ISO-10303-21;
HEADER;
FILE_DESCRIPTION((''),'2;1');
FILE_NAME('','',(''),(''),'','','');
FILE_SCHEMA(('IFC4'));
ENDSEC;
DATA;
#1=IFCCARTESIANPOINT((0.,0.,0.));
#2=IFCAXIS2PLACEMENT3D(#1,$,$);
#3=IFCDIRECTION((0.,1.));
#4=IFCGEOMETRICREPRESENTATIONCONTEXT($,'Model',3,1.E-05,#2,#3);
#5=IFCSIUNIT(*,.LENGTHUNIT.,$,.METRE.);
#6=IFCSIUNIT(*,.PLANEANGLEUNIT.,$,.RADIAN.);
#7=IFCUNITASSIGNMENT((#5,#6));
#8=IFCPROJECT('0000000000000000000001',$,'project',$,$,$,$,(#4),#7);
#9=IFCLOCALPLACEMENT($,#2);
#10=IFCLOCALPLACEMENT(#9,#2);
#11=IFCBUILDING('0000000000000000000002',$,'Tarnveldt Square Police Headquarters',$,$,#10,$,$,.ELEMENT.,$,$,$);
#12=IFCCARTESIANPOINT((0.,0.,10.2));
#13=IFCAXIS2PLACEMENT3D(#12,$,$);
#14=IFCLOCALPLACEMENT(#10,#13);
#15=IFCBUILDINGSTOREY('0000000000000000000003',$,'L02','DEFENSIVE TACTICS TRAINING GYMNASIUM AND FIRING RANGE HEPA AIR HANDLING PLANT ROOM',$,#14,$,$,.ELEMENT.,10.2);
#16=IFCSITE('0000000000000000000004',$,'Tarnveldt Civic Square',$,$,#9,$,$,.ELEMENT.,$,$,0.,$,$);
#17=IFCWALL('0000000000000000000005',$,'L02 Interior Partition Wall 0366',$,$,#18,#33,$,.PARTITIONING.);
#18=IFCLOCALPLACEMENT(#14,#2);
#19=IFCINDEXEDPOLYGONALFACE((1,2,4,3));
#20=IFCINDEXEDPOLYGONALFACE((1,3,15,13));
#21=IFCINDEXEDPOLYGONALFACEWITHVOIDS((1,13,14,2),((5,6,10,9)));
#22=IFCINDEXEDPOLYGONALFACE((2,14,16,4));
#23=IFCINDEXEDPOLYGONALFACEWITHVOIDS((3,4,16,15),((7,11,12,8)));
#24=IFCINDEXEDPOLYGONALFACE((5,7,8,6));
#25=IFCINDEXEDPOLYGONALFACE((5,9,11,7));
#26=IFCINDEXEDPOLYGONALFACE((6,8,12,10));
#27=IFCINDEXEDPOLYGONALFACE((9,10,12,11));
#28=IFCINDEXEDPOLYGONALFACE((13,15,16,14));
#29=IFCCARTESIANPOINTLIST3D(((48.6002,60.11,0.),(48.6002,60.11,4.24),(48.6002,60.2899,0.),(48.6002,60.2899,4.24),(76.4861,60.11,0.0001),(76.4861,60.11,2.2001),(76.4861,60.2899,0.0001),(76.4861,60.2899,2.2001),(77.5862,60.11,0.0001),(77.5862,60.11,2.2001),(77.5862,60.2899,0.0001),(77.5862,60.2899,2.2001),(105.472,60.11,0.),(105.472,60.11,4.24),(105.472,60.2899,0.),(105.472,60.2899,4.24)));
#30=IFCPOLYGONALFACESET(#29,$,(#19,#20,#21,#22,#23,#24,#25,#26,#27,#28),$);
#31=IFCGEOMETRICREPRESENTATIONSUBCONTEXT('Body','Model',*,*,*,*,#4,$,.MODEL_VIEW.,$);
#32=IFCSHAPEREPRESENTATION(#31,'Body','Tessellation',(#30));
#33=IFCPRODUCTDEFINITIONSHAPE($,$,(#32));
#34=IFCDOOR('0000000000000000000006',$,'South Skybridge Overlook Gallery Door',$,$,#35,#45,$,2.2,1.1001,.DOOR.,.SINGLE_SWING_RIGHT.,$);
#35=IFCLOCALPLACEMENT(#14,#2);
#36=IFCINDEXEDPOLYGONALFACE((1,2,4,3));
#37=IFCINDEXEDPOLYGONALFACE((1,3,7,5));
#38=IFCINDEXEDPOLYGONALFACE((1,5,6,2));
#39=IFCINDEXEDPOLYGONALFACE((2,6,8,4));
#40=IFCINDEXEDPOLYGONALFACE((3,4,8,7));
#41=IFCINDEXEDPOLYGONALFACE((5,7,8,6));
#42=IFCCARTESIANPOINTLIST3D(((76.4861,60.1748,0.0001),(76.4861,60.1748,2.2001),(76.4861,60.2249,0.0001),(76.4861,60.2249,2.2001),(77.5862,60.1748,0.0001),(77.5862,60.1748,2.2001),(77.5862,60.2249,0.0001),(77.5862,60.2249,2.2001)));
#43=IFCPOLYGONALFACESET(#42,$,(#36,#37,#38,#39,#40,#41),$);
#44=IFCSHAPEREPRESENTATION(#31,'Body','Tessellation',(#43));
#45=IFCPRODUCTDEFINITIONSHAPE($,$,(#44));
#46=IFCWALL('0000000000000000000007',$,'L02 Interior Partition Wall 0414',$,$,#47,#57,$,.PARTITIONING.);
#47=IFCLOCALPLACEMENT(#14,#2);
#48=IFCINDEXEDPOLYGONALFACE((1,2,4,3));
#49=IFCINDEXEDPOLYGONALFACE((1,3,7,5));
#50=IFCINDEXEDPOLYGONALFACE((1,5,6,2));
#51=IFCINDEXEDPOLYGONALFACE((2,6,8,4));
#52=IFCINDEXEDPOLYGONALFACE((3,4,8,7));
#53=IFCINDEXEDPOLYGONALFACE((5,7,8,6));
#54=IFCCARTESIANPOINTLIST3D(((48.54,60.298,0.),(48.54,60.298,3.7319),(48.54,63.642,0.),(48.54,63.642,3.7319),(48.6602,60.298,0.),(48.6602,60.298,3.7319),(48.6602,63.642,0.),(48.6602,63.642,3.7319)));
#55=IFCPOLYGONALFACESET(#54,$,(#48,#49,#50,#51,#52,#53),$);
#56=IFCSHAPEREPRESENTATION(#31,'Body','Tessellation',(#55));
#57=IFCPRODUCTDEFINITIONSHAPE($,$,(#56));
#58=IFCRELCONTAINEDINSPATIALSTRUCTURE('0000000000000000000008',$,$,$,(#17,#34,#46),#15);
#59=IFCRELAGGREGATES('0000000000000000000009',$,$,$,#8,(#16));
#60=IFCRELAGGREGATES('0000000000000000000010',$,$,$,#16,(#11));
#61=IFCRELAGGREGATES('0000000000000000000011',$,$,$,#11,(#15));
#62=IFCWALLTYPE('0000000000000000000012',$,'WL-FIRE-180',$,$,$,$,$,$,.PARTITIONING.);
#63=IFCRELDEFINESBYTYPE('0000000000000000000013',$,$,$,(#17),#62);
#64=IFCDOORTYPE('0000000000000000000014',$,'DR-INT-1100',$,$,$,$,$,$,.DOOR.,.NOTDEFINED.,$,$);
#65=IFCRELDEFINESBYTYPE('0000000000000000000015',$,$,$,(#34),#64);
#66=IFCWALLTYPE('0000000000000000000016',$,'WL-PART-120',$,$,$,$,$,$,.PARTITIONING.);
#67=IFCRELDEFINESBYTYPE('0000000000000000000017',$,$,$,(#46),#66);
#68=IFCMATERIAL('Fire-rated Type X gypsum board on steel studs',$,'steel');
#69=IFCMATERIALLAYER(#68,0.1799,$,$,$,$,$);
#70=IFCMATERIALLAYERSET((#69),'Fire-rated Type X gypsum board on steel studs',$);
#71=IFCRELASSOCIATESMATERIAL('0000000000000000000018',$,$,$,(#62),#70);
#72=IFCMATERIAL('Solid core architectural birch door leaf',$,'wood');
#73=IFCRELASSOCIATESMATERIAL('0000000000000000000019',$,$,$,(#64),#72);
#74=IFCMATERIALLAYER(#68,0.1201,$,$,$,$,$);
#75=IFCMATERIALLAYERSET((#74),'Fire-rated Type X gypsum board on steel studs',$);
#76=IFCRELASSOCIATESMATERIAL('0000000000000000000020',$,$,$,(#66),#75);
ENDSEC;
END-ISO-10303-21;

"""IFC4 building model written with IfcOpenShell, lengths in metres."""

from ifc_helpers import new_model, si_unit, direction, frame, frame_2d, origin, place, context, subcontext, project, spatial, rectangle, extrude, material, layer, layer_set, type_object, element, fill, save


model = new_model("IFC4")

# Units and contexts
model_context = context("Model", 3, precision=1e-05, world=origin(), true_north=direction((0.0, 1.0)))
body_context = subcontext(model_context, "Body", "Model", "MODEL_VIEW")
ifc_project = project(units=[si_unit("LENGTHUNIT", "METRE"), si_unit("PLANEANGLEUNIT", "RADIAN")], contexts=[model_context])

# Site, building, storey
site_placement = place(None, origin())
site = spatial("IfcSite", under=ifc_project, at=site_placement, Name="Tarnveldt Civic Square", CompositionType="ELEMENT", RefElevation=0.0)
building_placement = place(site_placement, origin())
building = spatial("IfcBuilding", under=site, at=building_placement, Name="Tarnveldt Square Police Headquarters", CompositionType="ELEMENT")
storey_placement = place(building_placement, frame((0.0, 0.0, 10.2)))
storey = spatial("IfcBuildingStorey", under=building, at=storey_placement, Name="L02", Description="DEFENSIVE TACTICS TRAINING GYMNASIUM AND FIRING RANGE HEPA AIR HANDLING PLANT ROOM", CompositionType="ELEMENT", Elevation=10.2)

# Wall, opening, door
ifc_material_1 = material(Name="Fire-rated Type X gypsum board on steel studs", Category="steel")
ifc_layer_1 = layer(ifc_material_1, 0.1799)
ifc_layer_set_1 = layer_set([ifc_layer_1], Name="Fire-rated Type X gypsum board on steel studs")
wall_type_1 = type_object("IfcWallType", Name="WL-FIRE-180", PredefinedType="PARTITIONING", material=ifc_layer_set_1)
wall_1_placement = place(storey_placement, frame((48.6001, 60.2, 0.0), z_axis=(0.0, 0.0, 1.0), x_axis=(1.0, 0.0, 0.0)))
wall_1 = element("IfcWall", 1, at=wall_1_placement, inside=storey, type_object=wall_type_1, Name="L02 Interior Partition Wall 0366", PredefinedType="PARTITIONING", context=body_context, shape_type="SweptSolid", body=[
    extrude(rectangle(XDim=56.8718, YDim=0.1799, at=frame_2d((28.436, 0.0))), origin(), (0.0, 0.0, 1.0), 4.24),
])
opening_placement = place(wall_1_placement, frame((27.886, 0.0, 0.0)))
opening = element("IfcOpeningElement", 2, at=opening_placement, cuts=wall_1, PredefinedType="OPENING", context=body_context, shape_type="SweptSolid", body=[
    extrude(rectangle(XDim=1.1001, YDim=2.2, at=frame_2d((0.55, 1.1001))), frame((0.0, 0.0999, 0.0), z_axis=(0.0, -1.0, 0.0), x_axis=(1.0, 0.0, 0.0)), (0.0, 0.0, 1.0), 0.2),
])
ifc_material_2 = material(Name="Solid core architectural birch door leaf", Category="wood")
door_type = type_object("IfcDoorType", Name="DR-INT-1100", OperationType="NOTDEFINED", PredefinedType="DOOR", material=ifc_material_2)
door_placement = place(opening_placement, origin())
door = element("IfcDoor", 3, at=door_placement, inside=storey, type_object=door_type, Name="South Skybridge Overlook Gallery Door", OperationType="SINGLE_SWING_RIGHT", OverallHeight=2.2, OverallWidth=1.1001, PredefinedType="DOOR", context=body_context, shape_type="SweptSolid", body=[
    extrude(rectangle(XDim=1.1001, YDim=2.2, at=frame_2d((0.55, 1.1001))), frame((0.0, 0.0249, 0.0), z_axis=(0.0, -1.0, 0.0), x_axis=(1.0, 0.0, 0.0)), (0.0, 0.0, 1.0), 0.05),
])
fill(opening, door)

# Wall
ifc_layer_2 = layer(ifc_material_1, 0.1201)
ifc_layer_set_2 = layer_set([ifc_layer_2], Name="Fire-rated Type X gypsum board on steel studs")
wall_type_2 = type_object("IfcWallType", Name="WL-PART-120", PredefinedType="PARTITIONING", material=ifc_layer_set_2)
wall_2_placement = place(storey_placement, frame((48.6001, 60.2981, 0.0), z_axis=(0.0, 0.0, 1.0), x_axis=(0.0, 1.0, 0.0)))
element("IfcWall", 4, at=wall_2_placement, inside=storey, type_object=wall_type_2, Name="L02 Interior Partition Wall 0414", PredefinedType="PARTITIONING", context=body_context, shape_type="SweptSolid", body=[
    extrude(rectangle(XDim=3.344, YDim=0.1201, at=frame_2d((1.6719, 0.0))), origin(), (0.0, 0.0, 1.0), 3.7319),
])

save(model, "model.ifc")
